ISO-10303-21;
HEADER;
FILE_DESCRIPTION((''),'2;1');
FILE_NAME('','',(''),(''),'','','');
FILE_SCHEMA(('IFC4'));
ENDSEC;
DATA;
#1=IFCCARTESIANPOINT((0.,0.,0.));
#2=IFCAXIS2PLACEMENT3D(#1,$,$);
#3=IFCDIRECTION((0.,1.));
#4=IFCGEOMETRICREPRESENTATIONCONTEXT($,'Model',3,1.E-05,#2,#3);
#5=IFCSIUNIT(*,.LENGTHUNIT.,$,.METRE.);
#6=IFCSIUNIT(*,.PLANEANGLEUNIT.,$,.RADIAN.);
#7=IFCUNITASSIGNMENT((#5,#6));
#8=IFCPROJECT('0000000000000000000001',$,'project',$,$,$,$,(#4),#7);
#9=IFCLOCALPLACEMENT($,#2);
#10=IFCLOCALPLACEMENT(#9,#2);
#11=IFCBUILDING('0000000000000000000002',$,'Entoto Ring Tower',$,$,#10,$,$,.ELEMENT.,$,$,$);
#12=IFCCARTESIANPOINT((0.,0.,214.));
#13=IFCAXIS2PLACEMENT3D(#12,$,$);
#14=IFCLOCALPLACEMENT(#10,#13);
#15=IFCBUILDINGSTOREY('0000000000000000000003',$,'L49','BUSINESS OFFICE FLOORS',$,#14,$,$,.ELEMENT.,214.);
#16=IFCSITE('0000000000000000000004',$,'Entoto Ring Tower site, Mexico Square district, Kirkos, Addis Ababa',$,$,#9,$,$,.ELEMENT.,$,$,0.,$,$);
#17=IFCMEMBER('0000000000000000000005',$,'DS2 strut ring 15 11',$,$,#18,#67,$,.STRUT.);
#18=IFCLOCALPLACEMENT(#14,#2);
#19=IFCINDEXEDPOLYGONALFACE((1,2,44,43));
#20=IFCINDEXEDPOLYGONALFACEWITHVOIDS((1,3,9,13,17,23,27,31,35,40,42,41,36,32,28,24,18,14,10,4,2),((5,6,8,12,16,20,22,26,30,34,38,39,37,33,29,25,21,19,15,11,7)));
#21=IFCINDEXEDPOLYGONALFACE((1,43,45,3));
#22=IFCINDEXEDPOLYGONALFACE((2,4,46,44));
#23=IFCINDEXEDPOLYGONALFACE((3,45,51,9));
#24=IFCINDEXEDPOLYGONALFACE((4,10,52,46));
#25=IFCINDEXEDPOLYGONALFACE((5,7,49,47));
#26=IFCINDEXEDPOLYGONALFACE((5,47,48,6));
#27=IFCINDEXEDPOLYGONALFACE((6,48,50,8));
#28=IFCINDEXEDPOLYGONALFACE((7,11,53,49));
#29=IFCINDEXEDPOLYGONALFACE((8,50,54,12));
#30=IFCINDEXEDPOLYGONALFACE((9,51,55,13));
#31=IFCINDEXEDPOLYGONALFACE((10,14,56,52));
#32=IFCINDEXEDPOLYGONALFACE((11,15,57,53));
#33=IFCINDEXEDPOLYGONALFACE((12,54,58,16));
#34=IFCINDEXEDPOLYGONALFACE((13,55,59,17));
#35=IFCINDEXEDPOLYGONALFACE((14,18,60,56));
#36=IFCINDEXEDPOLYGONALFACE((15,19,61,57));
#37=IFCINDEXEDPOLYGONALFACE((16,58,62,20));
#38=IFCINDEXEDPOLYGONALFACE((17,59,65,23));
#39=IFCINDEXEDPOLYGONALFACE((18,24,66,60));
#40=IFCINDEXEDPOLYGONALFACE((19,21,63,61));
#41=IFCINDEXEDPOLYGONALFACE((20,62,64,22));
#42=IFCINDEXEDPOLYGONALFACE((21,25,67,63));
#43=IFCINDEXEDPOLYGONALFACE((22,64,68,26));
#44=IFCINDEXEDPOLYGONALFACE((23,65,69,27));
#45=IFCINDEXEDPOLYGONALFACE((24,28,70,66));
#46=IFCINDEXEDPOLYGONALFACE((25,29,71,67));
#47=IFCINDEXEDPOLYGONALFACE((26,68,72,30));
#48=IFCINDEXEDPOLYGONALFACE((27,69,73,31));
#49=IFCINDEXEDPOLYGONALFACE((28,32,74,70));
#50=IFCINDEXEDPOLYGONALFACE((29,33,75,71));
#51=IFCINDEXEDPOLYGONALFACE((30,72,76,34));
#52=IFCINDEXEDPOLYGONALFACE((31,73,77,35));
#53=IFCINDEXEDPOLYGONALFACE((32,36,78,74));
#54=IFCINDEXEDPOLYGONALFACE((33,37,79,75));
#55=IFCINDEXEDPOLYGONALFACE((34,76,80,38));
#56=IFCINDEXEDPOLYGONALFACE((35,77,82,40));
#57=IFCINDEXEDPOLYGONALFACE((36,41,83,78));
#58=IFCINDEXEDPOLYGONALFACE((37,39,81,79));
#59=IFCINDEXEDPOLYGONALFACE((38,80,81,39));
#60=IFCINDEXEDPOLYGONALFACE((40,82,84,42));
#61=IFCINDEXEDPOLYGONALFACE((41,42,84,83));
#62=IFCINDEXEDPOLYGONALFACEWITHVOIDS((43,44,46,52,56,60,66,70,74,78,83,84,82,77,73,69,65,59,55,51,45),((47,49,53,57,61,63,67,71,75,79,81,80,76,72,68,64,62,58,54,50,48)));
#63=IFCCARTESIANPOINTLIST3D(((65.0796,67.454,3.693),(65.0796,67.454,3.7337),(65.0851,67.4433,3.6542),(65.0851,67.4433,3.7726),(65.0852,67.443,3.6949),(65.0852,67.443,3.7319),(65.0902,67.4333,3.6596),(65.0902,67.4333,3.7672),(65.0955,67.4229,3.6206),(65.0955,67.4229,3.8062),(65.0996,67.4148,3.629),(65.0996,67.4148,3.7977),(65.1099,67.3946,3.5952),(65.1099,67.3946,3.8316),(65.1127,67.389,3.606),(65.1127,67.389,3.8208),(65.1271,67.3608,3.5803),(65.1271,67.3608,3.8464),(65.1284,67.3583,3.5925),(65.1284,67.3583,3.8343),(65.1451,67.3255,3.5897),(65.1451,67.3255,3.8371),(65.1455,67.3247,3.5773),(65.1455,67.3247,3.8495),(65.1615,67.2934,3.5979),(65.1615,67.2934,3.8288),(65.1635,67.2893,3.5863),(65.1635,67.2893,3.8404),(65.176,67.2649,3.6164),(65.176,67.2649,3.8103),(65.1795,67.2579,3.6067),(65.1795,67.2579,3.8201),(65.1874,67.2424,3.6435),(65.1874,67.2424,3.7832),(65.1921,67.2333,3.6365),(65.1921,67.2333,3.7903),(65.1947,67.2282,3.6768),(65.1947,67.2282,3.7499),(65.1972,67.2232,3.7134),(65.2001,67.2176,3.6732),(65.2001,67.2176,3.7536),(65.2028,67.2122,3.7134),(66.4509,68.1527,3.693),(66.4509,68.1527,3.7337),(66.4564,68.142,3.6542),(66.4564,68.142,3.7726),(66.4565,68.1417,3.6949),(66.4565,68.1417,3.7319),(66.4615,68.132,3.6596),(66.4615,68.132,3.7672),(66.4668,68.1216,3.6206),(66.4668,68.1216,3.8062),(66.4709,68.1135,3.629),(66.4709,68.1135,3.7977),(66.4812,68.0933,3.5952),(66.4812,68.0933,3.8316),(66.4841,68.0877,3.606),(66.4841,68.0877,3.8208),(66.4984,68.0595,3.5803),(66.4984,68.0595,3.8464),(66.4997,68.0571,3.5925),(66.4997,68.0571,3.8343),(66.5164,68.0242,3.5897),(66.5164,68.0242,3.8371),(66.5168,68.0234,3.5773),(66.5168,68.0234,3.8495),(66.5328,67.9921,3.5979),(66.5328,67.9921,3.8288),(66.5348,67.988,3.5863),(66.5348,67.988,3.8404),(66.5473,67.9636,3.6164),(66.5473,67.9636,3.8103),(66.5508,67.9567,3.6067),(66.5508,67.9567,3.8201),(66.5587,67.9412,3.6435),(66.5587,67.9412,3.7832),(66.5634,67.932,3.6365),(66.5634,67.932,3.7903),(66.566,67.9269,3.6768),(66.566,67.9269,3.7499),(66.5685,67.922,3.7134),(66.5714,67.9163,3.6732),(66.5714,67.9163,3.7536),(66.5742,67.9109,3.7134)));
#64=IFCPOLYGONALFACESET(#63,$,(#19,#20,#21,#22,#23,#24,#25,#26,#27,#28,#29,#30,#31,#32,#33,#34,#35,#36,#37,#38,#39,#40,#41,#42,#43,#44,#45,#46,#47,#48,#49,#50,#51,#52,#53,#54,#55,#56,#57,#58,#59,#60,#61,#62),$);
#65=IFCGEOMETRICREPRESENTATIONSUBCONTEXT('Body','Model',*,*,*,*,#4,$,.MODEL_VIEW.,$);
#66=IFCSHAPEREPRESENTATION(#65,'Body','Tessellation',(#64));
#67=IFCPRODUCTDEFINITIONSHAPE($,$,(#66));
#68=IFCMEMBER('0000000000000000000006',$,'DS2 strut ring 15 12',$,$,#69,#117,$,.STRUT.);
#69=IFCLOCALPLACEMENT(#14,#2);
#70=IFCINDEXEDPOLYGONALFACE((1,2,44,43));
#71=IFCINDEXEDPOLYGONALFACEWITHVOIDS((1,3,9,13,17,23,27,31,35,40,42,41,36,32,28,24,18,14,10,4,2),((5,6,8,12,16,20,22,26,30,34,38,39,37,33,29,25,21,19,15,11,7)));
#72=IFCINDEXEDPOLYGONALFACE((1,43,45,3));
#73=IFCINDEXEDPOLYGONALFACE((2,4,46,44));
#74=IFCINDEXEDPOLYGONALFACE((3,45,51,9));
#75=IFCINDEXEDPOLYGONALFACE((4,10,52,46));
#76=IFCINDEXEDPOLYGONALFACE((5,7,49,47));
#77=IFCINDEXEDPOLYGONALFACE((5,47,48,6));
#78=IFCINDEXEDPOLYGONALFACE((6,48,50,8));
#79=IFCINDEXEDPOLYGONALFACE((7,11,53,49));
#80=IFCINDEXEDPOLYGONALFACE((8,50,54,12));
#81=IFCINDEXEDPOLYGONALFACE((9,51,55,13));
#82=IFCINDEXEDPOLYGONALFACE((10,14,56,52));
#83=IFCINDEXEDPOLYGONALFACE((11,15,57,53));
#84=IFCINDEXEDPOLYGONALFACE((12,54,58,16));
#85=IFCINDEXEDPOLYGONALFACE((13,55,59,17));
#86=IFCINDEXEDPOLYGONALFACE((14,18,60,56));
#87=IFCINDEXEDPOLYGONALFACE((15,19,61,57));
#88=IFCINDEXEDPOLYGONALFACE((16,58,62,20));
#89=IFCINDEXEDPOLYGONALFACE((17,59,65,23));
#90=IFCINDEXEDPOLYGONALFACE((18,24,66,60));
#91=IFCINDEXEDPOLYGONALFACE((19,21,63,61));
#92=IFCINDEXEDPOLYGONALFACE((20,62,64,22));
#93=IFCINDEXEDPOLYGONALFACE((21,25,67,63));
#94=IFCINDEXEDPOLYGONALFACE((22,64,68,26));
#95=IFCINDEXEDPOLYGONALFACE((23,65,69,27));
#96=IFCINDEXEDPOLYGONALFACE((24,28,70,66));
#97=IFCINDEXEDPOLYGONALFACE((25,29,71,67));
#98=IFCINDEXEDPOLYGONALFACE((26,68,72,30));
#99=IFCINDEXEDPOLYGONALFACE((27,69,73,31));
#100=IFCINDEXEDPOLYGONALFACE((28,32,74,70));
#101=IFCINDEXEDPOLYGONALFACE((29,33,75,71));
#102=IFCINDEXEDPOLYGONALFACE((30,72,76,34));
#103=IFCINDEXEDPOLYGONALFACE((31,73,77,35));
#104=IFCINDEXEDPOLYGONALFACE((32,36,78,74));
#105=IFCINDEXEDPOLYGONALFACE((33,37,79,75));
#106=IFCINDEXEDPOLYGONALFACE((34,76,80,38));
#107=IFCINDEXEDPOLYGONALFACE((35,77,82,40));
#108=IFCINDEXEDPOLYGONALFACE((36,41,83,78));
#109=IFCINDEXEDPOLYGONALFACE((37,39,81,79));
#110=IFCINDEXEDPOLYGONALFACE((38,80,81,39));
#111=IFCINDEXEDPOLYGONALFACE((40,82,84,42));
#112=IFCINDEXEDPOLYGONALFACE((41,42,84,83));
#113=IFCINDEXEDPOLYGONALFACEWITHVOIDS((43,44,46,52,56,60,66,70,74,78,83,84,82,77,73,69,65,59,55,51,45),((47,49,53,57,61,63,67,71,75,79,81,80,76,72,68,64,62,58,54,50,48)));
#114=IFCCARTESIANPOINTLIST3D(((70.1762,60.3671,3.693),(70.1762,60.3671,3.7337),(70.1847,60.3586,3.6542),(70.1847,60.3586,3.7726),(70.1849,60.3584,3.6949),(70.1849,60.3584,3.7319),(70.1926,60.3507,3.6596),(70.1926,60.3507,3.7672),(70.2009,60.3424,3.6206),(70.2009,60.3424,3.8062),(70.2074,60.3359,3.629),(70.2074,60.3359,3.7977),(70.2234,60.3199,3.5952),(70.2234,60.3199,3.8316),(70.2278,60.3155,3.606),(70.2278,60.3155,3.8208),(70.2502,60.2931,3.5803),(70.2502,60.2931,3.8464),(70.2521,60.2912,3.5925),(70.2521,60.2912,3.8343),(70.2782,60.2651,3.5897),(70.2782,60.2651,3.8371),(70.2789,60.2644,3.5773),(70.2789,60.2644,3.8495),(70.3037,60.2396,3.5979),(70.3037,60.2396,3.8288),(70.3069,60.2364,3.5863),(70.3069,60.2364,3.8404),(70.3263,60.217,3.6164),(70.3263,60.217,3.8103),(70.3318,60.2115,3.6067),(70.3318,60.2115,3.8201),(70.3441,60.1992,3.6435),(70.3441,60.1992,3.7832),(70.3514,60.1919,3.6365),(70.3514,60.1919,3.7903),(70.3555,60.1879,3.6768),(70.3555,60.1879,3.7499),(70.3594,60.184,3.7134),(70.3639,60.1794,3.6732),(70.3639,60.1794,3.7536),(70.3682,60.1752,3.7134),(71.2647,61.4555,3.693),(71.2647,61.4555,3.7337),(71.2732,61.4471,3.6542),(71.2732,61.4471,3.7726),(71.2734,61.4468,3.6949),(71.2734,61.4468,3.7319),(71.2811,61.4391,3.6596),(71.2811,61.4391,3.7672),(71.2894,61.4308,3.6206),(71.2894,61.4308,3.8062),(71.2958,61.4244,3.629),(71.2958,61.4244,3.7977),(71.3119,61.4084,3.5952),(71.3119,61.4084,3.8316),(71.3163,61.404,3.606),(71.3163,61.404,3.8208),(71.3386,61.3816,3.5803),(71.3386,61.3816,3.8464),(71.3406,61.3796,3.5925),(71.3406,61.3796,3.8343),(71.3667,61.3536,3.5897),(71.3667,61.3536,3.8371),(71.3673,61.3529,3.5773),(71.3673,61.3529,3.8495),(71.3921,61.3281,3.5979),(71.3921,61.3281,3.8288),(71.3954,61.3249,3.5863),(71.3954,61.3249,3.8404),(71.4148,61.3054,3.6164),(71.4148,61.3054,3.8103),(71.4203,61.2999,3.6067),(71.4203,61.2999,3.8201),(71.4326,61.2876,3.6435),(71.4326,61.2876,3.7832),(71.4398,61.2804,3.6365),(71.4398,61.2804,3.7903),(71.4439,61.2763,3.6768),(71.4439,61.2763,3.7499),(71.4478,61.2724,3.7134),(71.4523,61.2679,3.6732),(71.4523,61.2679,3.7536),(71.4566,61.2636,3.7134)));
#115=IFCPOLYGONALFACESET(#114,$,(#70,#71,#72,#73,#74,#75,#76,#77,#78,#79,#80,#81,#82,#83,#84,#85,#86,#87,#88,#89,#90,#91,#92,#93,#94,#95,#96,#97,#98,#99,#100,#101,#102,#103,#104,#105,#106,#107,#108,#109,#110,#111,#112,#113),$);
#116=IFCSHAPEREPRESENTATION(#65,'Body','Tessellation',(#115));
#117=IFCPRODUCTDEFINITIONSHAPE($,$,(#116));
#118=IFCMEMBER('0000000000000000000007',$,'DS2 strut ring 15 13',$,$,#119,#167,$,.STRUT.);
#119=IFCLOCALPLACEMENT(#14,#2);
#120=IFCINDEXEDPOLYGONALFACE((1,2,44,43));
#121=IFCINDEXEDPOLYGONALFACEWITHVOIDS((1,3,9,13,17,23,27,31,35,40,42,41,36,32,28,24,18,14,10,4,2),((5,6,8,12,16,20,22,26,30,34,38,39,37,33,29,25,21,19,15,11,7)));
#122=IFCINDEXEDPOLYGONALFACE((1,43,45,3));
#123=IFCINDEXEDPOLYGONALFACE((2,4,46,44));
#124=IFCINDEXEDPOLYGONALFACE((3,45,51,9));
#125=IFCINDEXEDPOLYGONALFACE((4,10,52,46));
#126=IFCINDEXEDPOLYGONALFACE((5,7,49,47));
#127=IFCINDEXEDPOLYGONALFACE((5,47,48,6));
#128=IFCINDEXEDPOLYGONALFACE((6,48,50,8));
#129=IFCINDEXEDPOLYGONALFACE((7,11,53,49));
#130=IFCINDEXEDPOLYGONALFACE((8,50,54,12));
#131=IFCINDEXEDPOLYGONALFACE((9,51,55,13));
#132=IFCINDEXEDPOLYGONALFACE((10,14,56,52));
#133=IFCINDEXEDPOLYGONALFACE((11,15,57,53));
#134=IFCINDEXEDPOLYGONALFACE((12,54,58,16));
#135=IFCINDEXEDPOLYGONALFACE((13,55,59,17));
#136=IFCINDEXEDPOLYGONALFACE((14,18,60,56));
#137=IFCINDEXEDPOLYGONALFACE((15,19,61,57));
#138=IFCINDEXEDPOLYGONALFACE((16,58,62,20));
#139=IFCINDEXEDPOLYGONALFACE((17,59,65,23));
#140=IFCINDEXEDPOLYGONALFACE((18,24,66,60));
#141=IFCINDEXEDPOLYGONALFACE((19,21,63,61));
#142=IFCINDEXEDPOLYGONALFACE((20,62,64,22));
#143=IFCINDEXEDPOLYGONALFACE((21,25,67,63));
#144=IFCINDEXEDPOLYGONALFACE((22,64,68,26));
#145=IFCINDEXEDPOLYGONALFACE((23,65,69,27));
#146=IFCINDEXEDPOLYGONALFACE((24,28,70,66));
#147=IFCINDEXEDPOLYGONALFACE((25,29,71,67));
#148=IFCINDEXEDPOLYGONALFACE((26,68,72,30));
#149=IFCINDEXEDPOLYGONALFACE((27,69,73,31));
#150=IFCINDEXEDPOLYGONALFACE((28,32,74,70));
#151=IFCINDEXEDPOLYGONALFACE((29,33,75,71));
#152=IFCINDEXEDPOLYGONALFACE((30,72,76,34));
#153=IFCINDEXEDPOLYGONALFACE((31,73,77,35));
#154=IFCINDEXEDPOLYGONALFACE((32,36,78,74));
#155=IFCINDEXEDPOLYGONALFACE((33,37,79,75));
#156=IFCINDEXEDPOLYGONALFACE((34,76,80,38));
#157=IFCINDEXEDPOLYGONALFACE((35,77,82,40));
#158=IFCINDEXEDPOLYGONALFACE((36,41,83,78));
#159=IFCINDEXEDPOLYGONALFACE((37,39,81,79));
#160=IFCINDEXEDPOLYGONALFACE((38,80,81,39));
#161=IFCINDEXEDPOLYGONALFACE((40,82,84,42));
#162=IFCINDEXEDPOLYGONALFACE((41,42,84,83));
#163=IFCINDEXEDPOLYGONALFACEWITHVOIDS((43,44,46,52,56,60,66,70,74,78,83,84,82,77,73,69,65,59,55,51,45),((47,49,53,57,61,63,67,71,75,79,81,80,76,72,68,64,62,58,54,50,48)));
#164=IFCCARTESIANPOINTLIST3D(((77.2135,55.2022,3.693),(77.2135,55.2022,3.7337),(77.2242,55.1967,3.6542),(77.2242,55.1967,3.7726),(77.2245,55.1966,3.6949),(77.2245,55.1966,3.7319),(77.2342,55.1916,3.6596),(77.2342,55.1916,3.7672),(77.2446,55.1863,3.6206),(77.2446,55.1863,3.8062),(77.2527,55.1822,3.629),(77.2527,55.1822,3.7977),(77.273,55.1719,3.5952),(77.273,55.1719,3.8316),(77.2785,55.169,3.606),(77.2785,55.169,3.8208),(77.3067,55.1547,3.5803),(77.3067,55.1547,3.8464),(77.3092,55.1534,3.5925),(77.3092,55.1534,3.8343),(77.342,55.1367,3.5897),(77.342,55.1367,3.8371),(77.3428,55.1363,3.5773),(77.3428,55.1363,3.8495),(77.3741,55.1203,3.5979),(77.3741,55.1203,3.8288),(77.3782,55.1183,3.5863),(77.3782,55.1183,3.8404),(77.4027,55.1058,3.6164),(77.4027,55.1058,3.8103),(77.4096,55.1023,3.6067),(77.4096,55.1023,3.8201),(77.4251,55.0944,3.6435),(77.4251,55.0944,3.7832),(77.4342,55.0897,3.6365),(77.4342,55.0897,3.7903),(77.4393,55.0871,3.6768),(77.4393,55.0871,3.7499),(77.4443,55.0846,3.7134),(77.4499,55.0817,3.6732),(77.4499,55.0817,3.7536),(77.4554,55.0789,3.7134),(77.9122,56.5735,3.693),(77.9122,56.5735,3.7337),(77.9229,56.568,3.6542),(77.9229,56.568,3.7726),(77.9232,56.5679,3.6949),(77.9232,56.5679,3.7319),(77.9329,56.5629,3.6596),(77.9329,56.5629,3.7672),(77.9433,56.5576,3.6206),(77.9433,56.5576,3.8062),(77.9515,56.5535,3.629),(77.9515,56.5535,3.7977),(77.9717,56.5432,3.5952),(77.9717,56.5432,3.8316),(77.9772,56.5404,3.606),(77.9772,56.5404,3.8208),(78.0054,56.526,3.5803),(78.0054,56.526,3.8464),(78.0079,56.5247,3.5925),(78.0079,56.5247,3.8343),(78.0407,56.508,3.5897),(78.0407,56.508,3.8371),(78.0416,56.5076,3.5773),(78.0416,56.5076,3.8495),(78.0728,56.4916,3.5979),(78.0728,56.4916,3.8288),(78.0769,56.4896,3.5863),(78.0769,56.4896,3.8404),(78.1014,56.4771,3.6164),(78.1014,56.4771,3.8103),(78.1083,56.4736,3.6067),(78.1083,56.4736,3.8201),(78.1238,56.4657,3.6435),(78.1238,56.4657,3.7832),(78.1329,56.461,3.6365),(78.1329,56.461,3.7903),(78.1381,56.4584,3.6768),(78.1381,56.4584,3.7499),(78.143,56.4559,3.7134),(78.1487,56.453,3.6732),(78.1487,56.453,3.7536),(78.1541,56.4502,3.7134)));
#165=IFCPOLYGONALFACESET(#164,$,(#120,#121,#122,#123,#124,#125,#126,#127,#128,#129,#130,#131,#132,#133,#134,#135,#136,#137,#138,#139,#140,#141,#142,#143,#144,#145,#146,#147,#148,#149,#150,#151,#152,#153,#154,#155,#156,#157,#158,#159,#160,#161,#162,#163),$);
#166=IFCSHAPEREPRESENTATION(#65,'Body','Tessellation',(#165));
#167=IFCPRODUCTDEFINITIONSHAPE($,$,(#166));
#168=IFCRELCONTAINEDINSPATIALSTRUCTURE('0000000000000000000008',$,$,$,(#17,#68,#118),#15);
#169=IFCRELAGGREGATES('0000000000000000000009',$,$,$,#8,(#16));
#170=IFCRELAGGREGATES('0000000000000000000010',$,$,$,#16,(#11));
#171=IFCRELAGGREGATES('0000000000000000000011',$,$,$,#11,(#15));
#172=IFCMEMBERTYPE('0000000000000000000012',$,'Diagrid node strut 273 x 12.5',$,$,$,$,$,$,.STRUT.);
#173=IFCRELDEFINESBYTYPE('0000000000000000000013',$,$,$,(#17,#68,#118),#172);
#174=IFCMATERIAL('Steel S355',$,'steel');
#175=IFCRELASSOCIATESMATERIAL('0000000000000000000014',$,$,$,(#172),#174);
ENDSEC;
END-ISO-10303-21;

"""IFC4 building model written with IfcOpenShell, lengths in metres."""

from ifc_helpers import new_model, si_unit, direction, frame, origin, origin_2d, place, context, subcontext, project, spatial, circle, hollow_circle, extrude, material, material_profile, profile_set, type_object, element, save


model = new_model("IFC4")

# Units and contexts
model_context = context("Model", 3, precision=1e-05, world=origin(), true_north=direction((0.0, 1.0)))
body_context = subcontext(model_context, "Body", "Model", "MODEL_VIEW")
ifc_project = project(units=[si_unit("LENGTHUNIT", "METRE"), si_unit("PLANEANGLEUNIT", "RADIAN")], contexts=[model_context])

# Site, building, storey
site_placement = place(None, origin())
site = spatial("IfcSite", under=ifc_project, at=site_placement, Name="Entoto Ring Tower site, Mexico Square district, Kirkos, Addis Ababa", CompositionType="ELEMENT", RefElevation=0.0)
building_placement = place(site_placement, origin())
building = spatial("IfcBuilding", under=site, at=building_placement, Name="Entoto Ring Tower", CompositionType="ELEMENT")
storey_placement = place(building_placement, frame((0.0, 0.0, 214.0)))
storey = spatial("IfcBuildingStorey", under=building, at=storey_placement, Name="L49", Description="BUSINESS OFFICE FLOORS", CompositionType="ELEMENT", Elevation=214.0)

# Members
ifc_material_1 = material(Name="Steel S355", Category="steel")
ifc_material_profile_1 = material_profile(ifc_material_1, hollow_circle(Radius=0.1365, WallThickness=0.0125, at=origin_2d()), Name="CHS 273 x 12.5")
ifc_material_2 = material(Name="Concrete C60/75", Category="concrete")
ifc_material_profile_2 = material_profile(ifc_material_2, circle(Radius=0.124, at=origin_2d()), Name="Concrete C60/75 infill")
ifc_profile_set_1 = profile_set([ifc_material_profile_1, ifc_material_profile_2], Name="Steel S355")
member_type = type_object("IfcMemberType", Name="Diagrid node strut 273 x 12.5", PredefinedType="STRUT", material=ifc_profile_set_1)
member_1_placement = place(storey_placement, frame((66.5122, 68.0325, 3.7134), z_axis=(-0.891007, -0.45399, 0.0), x_axis=(0.45399, -0.891007, 0.0)))
element("IfcMember", 1, at=member_1_placement, inside=storey, type_object=member_type, Name="DS2 strut ring 15 11", PredefinedType="STRUT", context=body_context, shape_type="SweptSolid", body=[
    extrude(hollow_circle(Radius=0.1365, WallThickness=0.0125, at=origin_2d()), origin(), (0.0, 0.0, 1.0), 1.5391),
])
member_2_placement = place(storey_placement, frame((71.3601, 61.3601, 3.7134), z_axis=(-0.707107, -0.707107, 0.0), x_axis=(0.707107, -0.707107, 0.0)))
element("IfcMember", 2, at=member_2_placement, inside=storey, type_object=member_type, Name="DS2 strut ring 15 12", PredefinedType="STRUT", context=body_context, shape_type="SweptSolid", body=[
    extrude(hollow_circle(Radius=0.1365, WallThickness=0.0125, at=origin_2d()), origin(), (0.0, 0.0, 1.0), 1.5393),
])
member_3_placement = place(storey_placement, frame((78.0325, 56.5122, 3.7134), z_axis=(-0.45399, -0.891007, 0.0), x_axis=(0.891007, -0.45399, 0.0)))
element("IfcMember", 3, at=member_3_placement, inside=storey, type_object=member_type, Name="DS2 strut ring 15 13", PredefinedType="STRUT", context=body_context, shape_type="SweptSolid", body=[
    extrude(hollow_circle(Radius=0.1365, WallThickness=0.0125, at=origin_2d()), origin(), (0.0, 0.0, 1.0), 1.5391),
])

save(model, "model.ifc")
